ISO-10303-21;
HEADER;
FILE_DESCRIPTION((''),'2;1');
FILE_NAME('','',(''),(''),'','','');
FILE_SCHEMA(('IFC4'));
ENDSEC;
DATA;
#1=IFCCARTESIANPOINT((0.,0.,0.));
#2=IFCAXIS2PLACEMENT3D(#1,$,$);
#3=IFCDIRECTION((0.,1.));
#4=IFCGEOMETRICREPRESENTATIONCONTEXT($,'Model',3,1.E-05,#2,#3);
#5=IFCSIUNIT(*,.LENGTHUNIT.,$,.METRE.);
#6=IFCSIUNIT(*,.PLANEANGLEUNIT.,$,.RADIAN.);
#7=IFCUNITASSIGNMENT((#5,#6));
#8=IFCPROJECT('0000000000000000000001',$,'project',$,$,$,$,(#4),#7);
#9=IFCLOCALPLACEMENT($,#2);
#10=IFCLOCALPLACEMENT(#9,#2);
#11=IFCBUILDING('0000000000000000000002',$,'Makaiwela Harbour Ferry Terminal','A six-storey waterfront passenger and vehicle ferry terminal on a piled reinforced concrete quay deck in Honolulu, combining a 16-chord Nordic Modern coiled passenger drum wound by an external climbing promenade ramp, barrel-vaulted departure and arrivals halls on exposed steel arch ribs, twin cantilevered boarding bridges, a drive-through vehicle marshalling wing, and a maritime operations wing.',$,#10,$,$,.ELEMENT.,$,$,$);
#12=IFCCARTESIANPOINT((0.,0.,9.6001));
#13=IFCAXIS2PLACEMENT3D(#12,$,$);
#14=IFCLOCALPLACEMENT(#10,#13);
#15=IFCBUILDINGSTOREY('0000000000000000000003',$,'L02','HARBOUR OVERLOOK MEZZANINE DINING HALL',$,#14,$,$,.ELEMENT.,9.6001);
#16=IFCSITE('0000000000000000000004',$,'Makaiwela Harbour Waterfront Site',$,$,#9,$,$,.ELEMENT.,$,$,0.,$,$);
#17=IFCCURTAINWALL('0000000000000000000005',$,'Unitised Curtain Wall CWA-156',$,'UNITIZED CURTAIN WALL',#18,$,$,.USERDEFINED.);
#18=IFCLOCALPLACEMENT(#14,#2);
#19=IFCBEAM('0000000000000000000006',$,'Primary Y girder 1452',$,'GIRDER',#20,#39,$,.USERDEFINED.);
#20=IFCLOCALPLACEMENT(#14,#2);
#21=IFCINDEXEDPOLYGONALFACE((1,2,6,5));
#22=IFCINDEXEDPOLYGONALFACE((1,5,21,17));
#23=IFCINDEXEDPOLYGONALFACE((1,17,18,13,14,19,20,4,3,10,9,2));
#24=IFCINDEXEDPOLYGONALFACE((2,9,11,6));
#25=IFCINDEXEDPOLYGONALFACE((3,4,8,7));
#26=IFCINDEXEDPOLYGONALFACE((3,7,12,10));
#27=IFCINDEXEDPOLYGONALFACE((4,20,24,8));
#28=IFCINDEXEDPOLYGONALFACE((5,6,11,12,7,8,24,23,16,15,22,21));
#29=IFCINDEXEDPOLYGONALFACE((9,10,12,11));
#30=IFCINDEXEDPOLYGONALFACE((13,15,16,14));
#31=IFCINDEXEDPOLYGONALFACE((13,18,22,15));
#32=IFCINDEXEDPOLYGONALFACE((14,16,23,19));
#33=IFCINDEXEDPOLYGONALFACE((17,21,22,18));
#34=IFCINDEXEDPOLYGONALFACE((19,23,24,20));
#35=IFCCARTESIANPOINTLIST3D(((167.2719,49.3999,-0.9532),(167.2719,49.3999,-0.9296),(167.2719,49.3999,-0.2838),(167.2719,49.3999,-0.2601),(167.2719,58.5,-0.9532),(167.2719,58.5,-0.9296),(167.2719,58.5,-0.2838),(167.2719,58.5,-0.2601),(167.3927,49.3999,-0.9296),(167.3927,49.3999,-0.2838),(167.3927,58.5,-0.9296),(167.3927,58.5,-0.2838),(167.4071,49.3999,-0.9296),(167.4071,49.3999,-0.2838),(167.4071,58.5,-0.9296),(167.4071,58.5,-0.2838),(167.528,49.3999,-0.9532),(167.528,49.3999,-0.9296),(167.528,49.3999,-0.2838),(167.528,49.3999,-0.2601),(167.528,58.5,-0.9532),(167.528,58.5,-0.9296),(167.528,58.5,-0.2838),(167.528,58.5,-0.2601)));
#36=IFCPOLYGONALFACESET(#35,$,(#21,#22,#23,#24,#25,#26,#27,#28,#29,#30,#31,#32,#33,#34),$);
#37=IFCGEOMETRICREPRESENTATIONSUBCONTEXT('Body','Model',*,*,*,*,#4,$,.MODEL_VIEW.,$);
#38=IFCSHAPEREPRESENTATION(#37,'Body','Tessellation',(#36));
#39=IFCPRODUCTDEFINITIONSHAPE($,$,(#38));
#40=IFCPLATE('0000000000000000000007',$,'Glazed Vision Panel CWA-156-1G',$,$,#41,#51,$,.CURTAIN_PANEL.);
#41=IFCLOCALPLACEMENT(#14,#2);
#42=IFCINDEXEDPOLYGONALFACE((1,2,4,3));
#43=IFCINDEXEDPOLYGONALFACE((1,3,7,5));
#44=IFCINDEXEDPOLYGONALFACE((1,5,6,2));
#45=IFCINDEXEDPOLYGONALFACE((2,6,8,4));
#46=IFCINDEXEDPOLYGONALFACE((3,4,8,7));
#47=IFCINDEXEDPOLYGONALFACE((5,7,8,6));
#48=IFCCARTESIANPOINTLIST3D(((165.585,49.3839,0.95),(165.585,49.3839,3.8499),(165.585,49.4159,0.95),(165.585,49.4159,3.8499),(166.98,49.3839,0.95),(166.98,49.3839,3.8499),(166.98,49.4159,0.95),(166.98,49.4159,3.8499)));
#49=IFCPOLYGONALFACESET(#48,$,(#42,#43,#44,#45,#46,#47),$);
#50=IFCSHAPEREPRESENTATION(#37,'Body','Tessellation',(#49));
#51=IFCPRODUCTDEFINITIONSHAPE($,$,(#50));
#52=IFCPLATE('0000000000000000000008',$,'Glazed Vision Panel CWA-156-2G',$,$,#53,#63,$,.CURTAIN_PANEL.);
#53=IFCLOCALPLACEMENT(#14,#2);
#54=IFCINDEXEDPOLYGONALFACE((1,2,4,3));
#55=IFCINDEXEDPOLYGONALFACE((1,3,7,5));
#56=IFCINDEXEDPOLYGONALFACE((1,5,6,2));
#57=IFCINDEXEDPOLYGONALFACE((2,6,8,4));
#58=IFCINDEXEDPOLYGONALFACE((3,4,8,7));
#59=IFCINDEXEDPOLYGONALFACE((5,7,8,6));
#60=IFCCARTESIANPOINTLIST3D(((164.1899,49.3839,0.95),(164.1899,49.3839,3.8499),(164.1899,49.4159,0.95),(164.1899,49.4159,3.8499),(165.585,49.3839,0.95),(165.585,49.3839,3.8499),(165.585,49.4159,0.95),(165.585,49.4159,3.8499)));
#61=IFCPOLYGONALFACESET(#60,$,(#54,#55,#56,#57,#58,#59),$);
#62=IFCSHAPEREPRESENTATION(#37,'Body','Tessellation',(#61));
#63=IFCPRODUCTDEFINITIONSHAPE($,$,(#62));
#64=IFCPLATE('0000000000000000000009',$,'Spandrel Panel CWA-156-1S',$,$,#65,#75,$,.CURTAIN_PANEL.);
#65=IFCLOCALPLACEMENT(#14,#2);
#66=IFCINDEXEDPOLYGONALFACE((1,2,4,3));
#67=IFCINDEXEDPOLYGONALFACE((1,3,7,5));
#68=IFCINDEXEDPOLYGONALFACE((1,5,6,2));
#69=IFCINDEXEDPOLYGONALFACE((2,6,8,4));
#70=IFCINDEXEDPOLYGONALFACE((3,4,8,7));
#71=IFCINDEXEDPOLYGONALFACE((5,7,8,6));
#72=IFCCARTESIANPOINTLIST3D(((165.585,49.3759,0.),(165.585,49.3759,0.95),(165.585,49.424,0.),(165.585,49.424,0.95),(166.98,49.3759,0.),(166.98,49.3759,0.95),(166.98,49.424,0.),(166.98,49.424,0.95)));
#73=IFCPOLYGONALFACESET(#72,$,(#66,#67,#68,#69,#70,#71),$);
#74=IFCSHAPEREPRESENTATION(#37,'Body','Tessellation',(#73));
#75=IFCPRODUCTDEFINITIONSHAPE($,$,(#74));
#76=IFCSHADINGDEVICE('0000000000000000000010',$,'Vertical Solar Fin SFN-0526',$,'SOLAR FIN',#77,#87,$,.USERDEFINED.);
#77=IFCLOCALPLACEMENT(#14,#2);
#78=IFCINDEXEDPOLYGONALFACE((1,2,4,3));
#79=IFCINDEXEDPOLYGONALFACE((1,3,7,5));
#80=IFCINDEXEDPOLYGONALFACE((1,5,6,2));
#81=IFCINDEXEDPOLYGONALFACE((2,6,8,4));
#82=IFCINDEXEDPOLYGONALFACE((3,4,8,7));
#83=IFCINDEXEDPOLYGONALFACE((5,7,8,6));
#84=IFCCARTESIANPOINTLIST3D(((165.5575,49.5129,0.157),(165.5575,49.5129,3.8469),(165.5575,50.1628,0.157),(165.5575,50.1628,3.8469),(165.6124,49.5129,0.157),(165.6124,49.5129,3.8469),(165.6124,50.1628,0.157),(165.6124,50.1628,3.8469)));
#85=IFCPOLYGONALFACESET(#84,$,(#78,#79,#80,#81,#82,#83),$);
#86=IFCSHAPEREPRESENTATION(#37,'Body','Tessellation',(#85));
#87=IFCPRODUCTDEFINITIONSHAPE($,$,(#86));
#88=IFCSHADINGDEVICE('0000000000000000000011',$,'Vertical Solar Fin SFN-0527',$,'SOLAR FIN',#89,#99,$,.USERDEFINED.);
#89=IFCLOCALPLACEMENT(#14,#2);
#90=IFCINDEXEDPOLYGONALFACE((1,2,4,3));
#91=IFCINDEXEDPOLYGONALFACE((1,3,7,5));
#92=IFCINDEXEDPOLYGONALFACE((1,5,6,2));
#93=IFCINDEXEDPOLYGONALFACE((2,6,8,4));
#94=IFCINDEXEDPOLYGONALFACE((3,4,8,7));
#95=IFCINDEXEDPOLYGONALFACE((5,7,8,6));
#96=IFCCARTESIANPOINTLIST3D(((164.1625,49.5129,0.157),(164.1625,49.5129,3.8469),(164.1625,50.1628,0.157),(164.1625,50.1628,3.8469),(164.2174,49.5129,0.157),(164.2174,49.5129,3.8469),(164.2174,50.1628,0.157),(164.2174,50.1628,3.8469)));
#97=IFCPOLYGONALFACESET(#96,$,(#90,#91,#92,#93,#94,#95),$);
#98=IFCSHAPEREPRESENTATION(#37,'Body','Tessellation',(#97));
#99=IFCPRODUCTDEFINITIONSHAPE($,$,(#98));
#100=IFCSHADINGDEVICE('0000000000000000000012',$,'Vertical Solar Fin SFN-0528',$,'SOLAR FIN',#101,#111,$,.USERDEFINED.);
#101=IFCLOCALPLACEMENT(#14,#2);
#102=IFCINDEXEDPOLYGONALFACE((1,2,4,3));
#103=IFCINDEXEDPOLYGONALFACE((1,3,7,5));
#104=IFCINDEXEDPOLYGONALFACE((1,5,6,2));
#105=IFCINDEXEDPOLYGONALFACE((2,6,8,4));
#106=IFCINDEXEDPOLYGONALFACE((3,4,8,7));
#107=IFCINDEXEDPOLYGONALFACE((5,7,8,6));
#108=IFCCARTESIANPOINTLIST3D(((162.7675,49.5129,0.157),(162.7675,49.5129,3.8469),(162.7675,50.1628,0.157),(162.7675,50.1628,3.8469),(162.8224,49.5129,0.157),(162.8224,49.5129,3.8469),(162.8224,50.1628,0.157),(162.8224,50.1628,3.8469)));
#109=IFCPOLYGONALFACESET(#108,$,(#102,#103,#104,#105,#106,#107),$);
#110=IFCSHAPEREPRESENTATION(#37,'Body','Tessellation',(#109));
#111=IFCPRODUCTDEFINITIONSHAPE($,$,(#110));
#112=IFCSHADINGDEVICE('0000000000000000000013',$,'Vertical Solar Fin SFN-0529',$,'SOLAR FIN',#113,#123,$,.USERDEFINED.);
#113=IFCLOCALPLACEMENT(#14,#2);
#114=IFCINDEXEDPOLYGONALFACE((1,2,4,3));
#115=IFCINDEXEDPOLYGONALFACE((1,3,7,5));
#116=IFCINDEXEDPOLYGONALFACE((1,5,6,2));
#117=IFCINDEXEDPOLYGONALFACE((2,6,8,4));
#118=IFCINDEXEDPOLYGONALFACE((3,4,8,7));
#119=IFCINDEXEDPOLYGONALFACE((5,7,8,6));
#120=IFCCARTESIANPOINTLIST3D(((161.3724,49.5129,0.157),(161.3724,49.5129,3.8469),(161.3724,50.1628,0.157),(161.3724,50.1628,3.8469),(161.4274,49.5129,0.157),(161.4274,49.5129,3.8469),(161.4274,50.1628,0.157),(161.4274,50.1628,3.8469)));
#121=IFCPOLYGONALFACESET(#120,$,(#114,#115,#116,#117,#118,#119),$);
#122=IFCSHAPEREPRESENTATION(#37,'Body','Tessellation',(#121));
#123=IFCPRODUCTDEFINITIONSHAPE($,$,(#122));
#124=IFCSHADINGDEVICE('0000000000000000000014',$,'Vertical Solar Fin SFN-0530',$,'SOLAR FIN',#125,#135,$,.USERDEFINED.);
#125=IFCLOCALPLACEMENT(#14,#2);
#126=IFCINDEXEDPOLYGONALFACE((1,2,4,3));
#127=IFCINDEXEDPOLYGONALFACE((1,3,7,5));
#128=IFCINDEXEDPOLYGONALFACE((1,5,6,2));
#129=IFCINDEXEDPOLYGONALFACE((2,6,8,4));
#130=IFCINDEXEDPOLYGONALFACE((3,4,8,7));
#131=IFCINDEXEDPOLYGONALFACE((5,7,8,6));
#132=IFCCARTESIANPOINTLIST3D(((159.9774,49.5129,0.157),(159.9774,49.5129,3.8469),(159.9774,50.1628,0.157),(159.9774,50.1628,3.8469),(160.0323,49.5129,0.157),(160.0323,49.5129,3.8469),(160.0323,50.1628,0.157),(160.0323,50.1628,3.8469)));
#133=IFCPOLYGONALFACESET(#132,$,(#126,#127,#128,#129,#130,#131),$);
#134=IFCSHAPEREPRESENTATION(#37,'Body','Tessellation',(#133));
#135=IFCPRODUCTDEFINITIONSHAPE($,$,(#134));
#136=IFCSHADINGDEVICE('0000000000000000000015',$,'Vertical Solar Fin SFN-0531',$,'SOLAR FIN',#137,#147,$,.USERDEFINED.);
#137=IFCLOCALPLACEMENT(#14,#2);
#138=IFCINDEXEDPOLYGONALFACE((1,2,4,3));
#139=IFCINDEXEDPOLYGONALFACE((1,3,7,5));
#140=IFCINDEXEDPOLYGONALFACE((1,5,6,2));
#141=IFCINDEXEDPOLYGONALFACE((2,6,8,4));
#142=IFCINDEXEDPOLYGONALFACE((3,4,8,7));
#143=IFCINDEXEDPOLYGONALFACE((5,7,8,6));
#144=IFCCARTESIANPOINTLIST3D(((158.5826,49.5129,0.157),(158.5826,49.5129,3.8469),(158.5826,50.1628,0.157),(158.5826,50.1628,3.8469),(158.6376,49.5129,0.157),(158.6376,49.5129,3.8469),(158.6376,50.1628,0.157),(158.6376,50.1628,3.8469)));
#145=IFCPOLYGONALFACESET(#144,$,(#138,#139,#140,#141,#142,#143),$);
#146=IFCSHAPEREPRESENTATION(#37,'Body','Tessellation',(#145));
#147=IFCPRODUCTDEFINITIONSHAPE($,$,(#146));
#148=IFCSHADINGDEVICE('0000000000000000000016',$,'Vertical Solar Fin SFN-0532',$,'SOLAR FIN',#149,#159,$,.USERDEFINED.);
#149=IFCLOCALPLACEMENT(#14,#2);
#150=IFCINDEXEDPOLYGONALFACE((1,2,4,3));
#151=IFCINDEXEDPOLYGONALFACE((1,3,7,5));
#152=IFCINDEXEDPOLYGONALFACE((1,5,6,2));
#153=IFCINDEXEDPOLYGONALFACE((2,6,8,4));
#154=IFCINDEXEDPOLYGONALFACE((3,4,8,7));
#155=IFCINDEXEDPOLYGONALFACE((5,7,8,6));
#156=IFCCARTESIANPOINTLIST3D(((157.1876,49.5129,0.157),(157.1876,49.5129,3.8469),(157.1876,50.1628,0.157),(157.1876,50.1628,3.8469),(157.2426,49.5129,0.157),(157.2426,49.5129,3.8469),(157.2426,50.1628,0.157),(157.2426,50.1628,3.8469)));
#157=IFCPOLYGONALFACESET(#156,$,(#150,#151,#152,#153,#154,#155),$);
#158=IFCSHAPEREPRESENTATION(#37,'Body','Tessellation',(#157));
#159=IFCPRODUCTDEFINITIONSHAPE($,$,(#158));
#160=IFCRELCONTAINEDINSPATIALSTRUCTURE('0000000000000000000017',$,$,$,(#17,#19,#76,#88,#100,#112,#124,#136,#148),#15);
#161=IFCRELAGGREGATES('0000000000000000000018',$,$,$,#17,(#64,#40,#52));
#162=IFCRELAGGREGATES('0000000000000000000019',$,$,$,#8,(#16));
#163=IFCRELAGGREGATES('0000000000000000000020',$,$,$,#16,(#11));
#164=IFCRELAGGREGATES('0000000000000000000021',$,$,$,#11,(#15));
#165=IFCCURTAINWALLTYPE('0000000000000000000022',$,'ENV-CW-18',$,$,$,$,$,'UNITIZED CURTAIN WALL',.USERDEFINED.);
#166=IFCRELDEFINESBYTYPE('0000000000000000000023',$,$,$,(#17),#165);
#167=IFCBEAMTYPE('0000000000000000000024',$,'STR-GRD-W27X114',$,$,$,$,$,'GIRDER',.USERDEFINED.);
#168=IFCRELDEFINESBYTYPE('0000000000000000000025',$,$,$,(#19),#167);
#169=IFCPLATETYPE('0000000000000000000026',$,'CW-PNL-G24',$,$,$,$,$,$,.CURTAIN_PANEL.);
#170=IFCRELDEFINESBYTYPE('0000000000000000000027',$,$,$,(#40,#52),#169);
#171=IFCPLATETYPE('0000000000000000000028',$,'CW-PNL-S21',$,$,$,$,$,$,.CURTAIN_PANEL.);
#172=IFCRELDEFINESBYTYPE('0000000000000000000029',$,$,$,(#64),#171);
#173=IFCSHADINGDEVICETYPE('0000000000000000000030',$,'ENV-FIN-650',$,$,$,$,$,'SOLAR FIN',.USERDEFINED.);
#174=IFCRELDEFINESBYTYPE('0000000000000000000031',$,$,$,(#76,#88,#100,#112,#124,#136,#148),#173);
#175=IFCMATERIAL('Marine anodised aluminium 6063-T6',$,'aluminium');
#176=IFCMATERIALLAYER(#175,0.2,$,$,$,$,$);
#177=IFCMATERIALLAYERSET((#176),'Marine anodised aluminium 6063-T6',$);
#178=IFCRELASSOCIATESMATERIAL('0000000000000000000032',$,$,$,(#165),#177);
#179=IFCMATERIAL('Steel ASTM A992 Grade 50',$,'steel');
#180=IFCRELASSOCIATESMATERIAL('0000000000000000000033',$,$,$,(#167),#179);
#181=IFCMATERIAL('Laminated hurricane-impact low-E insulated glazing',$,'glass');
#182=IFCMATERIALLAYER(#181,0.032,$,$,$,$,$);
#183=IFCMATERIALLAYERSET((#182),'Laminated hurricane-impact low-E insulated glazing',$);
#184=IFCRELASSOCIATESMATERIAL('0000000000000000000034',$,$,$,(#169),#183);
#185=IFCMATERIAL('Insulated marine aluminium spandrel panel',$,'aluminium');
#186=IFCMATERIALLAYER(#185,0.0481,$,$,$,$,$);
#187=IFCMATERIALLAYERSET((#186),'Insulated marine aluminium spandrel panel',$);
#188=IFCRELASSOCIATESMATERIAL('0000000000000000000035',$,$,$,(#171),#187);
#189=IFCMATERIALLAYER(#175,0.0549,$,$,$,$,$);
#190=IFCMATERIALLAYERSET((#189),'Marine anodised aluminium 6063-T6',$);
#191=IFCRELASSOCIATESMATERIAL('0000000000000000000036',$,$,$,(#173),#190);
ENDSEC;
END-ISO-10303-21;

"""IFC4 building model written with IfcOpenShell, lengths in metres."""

from ifc_helpers import new_model, si_unit, direction, frame, origin, origin_2d, place, context, subcontext, project, spatial, rectangle, i_section, extrude, material, layer, layer_set, material_profile, profile_set, type_object, element, aggregate, save


model = new_model("IFC4")

# Units and contexts
model_context = context("Model", 3, precision=1e-05, world=origin(), true_north=direction((0.0, 1.0)))
body_context = subcontext(model_context, "Body", "Model", "MODEL_VIEW")
ifc_project = project(units=[si_unit("LENGTHUNIT", "METRE"), si_unit("PLANEANGLEUNIT", "RADIAN")], contexts=[model_context])

# Site, building, storey
site_placement = place(None, origin())
site = spatial("IfcSite", under=ifc_project, at=site_placement, Name="Makaiwela Harbour Waterfront Site", CompositionType="ELEMENT", RefElevation=0.0)
building_placement = place(site_placement, origin())
building = spatial("IfcBuilding", under=site, at=building_placement, Name="Makaiwela Harbour Ferry Terminal", Description="A six-storey waterfront passenger and vehicle ferry terminal on a piled reinforced concrete quay deck in Honolulu, combining a 16-chord Nordic Modern coiled passenger drum wound by an external climbing promenade ramp, barrel-vaulted departure and arrivals halls on exposed steel arch ribs, twin cantilevered boarding bridges, a drive-through vehicle marshalling wing, and a maritime operations wing.", CompositionType="ELEMENT")
storey_placement = place(building_placement, frame((0.0, 0.0, 9.6001)))
storey = spatial("IfcBuildingStorey", under=building, at=storey_placement, Name="L02", Description="HARBOUR OVERLOOK MEZZANINE DINING HALL", CompositionType="ELEMENT", Elevation=9.6001)

# Shared definitions
ifc_material_1 = material(Name="Steel ASTM A992 Grade 50", Category="steel")

# Curtain wall
ifc_material_2 = material(Name="Marine anodised aluminium 6063-T6", Category="aluminium")
ifc_layer_1 = layer(ifc_material_2, 0.2)
ifc_layer_set_1 = layer_set([ifc_layer_1], Name="Marine anodised aluminium 6063-T6")
curtain_wall_type = type_object("IfcCurtainWallType", Name="ENV-CW-18", ElementType="UNITIZED CURTAIN WALL", PredefinedType="USERDEFINED", material=ifc_layer_set_1)
curtain_wall_placement = place(storey_placement, origin())
curtain_wall = element("IfcCurtainWall", 1, at=curtain_wall_placement, inside=storey, type_object=curtain_wall_type, Name="Unitised Curtain Wall CWA-156", ObjectType="UNITIZED CURTAIN WALL", PredefinedType="USERDEFINED")

# Beam
ifc_material_profile_1 = material_profile(ifc_material_1, i_section(OverallWidth=0.2561, OverallDepth=0.6931, WebThickness=0.0144, FlangeThickness=0.0237, at=origin_2d()), Name="W27X114")
ifc_profile_set_1 = profile_set([ifc_material_profile_1], Name="Steel ASTM A992 Grade 50")
beam_type_1 = type_object("IfcBeamType", Name="STR-GRD-W27X114", ElementType="GIRDER", PredefinedType="USERDEFINED", material=ifc_profile_set_1)
beam_1_placement = place(storey_placement, frame((167.3999, 49.3999, -0.6067), z_axis=(0.0, 1.0, 0.0), x_axis=(-1.0, 0.0, 0.0)))
element("IfcBeam", 2, at=beam_1_placement, inside=storey, type_object=beam_type_1, Name="Primary Y girder 1452", ObjectType="GIRDER", PredefinedType="USERDEFINED", context=body_context, shape_type="SweptSolid", body=[
    extrude(i_section(OverallWidth=0.2561, OverallDepth=0.6931, WebThickness=0.0144, FlangeThickness=0.0237, at=origin_2d()), origin(), (0.0, 0.0, 1.0), 9.1001),
])

# Plates
ifc_material_3 = material(Name="Laminated hurricane-impact low-E insulated glazing", Category="glass")
ifc_layer_2 = layer(ifc_material_3, 0.032)
ifc_layer_set_2 = layer_set([ifc_layer_2], Name="Laminated hurricane-impact low-E insulated glazing")
plate_type_1 = type_object("IfcPlateType", Name="CW-PNL-G24", PredefinedType="CURTAIN_PANEL", material=ifc_layer_set_2)
plate_1_placement = place(storey_placement, frame((166.2825, 49.3999, 0.95), z_axis=(0.0, 0.0, 1.0), x_axis=(-1.0, 0.0, 0.0)))
plate_1 = element("IfcPlate", 3, at=plate_1_placement, type_object=plate_type_1, Name="Glazed Vision Panel CWA-156-1G", PredefinedType="CURTAIN_PANEL", context=body_context, shape_type="SweptSolid", body=[
    extrude(rectangle(XDim=1.395, YDim=0.032, at=origin_2d()), origin(), (0.0, 0.0, 1.0), 2.8999),
])
plate_2_placement = place(storey_placement, frame((164.8875, 49.3999, 0.95), z_axis=(0.0, 0.0, 1.0), x_axis=(-1.0, 0.0, 0.0)))
plate_2 = element("IfcPlate", 4, at=plate_2_placement, type_object=plate_type_1, Name="Glazed Vision Panel CWA-156-2G", PredefinedType="CURTAIN_PANEL", context=body_context, shape_type="SweptSolid", body=[
    extrude(rectangle(XDim=1.395, YDim=0.032, at=origin_2d()), origin(), (0.0, 0.0, 1.0), 2.8999),
])
ifc_material_4 = material(Name="Insulated marine aluminium spandrel panel", Category="aluminium")
ifc_layer_3 = layer(ifc_material_4, 0.0481)
ifc_layer_set_3 = layer_set([ifc_layer_3], Name="Insulated marine aluminium spandrel panel")
plate_type_2 = type_object("IfcPlateType", Name="CW-PNL-S21", PredefinedType="CURTAIN_PANEL", material=ifc_layer_set_3)
plate_3_placement = place(storey_placement, frame((166.2825, 49.3999, 0.0), z_axis=(0.0, 0.0, 1.0), x_axis=(-1.0, 0.0, 0.0)))
plate_3 = element("IfcPlate", 5, at=plate_3_placement, type_object=plate_type_2, Name="Spandrel Panel CWA-156-1S", PredefinedType="CURTAIN_PANEL", context=body_context, shape_type="SweptSolid", body=[
    extrude(rectangle(XDim=1.395, YDim=0.0481, at=origin_2d()), origin(), (0.0, 0.0, 1.0), 0.95),
])
aggregate(curtain_wall, [plate_3, plate_1, plate_2])

# Shading devices
ifc_layer_4 = layer(ifc_material_2, 0.0549)
ifc_layer_set_4 = layer_set([ifc_layer_4], Name="Marine anodised aluminium 6063-T6")
shading_device_type = type_object("IfcShadingDeviceType", Name="ENV-FIN-650", ElementType="SOLAR FIN", PredefinedType="USERDEFINED", material=ifc_layer_set_4)
for number, where, z_axis, x_axis, name in (
    (6, (165.585, 49.8379, 0.157), (0.0, 0.0, 1.0), (0.0, 1.0, 0.0), "Vertical Solar Fin SFN-0526"),
    (7, (164.1899, 49.8379, 0.157), (0.0, 0.0, 1.0), (0.0, 1.0, 0.0), "Vertical Solar Fin SFN-0527"),
    (8, (162.7949, 49.8379, 0.157), (0.0, 0.0, 1.0), (0.0, 1.0, 0.0), "Vertical Solar Fin SFN-0528"),
    (9, (161.3999, 49.8379, 0.157), (0.0, 0.0, 1.0), (0.0, 1.0, 0.0), "Vertical Solar Fin SFN-0529"),
    (10, (160.0049, 49.8379, 0.157), (0.0, 0.0, 1.0), (0.0, 1.0, 0.0), "Vertical Solar Fin SFN-0530"),
    (11, (158.6101, 49.8379, 0.157), (0.0, 0.0, 1.0), (0.0, 1.0, 0.0), "Vertical Solar Fin SFN-0531"),
    (12, (157.2151, 49.8379, 0.157), (0.0, 0.0, 1.0), (0.0, 1.0, 0.0), "Vertical Solar Fin SFN-0532"),
):
    element("IfcShadingDevice", number, at=place(storey_placement, frame(where, z_axis=z_axis, x_axis=x_axis)), inside=storey, type_object=shading_device_type, Name=name, ObjectType="SOLAR FIN", PredefinedType="USERDEFINED", context=body_context, shape_type="SweptSolid", body=[
        extrude(rectangle(XDim=0.6499, YDim=0.0549, at=origin_2d()), origin(), (0.0, 0.0, 1.0), 3.6899),
    ])

save(model, "model.ifc")
